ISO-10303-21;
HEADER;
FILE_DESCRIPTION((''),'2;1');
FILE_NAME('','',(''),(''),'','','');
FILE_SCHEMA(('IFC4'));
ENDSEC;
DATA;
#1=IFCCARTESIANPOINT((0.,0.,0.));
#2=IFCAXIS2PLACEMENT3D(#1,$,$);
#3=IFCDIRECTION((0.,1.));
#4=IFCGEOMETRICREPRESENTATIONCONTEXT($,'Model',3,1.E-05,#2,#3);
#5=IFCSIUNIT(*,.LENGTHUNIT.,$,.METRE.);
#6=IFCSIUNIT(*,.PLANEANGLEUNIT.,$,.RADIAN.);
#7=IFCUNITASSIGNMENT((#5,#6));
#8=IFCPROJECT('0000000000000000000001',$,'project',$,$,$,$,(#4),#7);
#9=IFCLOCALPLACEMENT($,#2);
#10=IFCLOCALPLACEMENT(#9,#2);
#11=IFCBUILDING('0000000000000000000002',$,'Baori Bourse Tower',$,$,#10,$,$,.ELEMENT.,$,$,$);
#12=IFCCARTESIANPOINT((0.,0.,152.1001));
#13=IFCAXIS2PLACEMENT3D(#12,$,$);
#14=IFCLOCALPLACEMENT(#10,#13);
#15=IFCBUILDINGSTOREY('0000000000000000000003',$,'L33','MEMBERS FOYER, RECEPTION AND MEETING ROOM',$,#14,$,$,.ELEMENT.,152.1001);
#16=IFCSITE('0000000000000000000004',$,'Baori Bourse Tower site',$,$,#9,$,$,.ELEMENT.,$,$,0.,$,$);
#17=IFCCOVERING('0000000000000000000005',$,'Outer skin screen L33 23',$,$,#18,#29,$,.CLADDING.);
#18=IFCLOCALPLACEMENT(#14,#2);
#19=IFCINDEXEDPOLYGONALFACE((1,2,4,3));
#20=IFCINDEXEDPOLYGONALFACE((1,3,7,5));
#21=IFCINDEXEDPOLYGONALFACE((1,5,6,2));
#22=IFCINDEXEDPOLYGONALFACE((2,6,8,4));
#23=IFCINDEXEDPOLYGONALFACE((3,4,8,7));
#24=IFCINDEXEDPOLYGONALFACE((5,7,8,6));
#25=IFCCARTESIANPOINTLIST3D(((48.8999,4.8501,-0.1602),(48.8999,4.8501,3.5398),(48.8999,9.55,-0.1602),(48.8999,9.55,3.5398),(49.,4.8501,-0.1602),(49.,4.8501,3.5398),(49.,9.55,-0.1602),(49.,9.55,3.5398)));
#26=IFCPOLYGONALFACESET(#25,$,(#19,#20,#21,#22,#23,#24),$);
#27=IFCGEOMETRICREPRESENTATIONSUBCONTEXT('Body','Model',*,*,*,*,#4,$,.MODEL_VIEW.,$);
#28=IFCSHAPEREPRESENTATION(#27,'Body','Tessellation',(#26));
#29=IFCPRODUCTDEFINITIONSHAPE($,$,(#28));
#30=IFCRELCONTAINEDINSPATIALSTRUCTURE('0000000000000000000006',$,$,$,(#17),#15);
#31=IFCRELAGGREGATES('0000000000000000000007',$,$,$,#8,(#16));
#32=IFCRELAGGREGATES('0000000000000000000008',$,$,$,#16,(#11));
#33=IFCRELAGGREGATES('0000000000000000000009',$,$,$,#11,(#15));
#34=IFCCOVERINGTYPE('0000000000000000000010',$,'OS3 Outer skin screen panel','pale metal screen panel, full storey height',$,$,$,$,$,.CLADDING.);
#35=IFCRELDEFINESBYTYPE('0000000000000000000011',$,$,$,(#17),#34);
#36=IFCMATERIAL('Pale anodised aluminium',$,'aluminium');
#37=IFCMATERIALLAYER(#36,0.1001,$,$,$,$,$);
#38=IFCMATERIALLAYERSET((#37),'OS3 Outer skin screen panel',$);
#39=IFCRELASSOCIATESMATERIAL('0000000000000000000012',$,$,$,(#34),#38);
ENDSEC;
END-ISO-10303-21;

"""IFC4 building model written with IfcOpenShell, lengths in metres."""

from ifc_helpers import new_model, si_unit, direction, frame, origin, place, context, subcontext, project, spatial, polyline, outline, extrude, material, layer, layer_set, type_object, element, save


model = new_model("IFC4")

# Units and contexts
model_context = context("Model", 3, precision=1e-05, world=origin(), true_north=direction((0.0, 1.0)))
body_context = subcontext(model_context, "Body", "Model", "MODEL_VIEW")
ifc_project = project(units=[si_unit("LENGTHUNIT", "METRE"), si_unit("PLANEANGLEUNIT", "RADIAN")], contexts=[model_context])

# Site, building, storey
site_placement = place(None, origin())
site = spatial("IfcSite", under=ifc_project, at=site_placement, Name="Baori Bourse Tower site", CompositionType="ELEMENT", RefElevation=0.0)
building_placement = place(site_placement, origin())
building = spatial("IfcBuilding", under=site, at=building_placement, Name="Baori Bourse Tower", CompositionType="ELEMENT")
storey_placement = place(building_placement, frame((0.0, 0.0, 152.1001)))
storey = spatial("IfcBuildingStorey", under=building, at=storey_placement, Name="L33", Description="MEMBERS FOYER, RECEPTION AND MEETING ROOM", CompositionType="ELEMENT", Elevation=152.1001)

# Covering
ifc_material_1 = material(Name="Pale anodised aluminium", Category="aluminium")
ifc_layer_1 = layer(ifc_material_1, 0.1001)
ifc_layer_set_1 = layer_set([ifc_layer_1], Name="OS3 Outer skin screen panel")
covering_type_1 = type_object("IfcCoveringType", Name="OS3 Outer skin screen panel", Description="pale metal screen panel, full storey height", PredefinedType="CLADDING", material=ifc_layer_set_1)
covering_1_placement = place(storey_placement, frame((0.0, 0.0, -0.1602)))
element("IfcCovering", 1, at=covering_1_placement, inside=storey, type_object=covering_type_1, Name="Outer skin screen L33 23", PredefinedType="CLADDING", context=body_context, shape_type="SweptSolid", body=[
    extrude(outline(polyline([(48.8999, 9.55), (48.8999, 4.8501), (49.0, 4.8501), (49.0, 9.55), (48.8999, 9.55)])), origin(), (0.0, 0.0, 1.0), 3.7),
])

save(model, "model.ifc")
